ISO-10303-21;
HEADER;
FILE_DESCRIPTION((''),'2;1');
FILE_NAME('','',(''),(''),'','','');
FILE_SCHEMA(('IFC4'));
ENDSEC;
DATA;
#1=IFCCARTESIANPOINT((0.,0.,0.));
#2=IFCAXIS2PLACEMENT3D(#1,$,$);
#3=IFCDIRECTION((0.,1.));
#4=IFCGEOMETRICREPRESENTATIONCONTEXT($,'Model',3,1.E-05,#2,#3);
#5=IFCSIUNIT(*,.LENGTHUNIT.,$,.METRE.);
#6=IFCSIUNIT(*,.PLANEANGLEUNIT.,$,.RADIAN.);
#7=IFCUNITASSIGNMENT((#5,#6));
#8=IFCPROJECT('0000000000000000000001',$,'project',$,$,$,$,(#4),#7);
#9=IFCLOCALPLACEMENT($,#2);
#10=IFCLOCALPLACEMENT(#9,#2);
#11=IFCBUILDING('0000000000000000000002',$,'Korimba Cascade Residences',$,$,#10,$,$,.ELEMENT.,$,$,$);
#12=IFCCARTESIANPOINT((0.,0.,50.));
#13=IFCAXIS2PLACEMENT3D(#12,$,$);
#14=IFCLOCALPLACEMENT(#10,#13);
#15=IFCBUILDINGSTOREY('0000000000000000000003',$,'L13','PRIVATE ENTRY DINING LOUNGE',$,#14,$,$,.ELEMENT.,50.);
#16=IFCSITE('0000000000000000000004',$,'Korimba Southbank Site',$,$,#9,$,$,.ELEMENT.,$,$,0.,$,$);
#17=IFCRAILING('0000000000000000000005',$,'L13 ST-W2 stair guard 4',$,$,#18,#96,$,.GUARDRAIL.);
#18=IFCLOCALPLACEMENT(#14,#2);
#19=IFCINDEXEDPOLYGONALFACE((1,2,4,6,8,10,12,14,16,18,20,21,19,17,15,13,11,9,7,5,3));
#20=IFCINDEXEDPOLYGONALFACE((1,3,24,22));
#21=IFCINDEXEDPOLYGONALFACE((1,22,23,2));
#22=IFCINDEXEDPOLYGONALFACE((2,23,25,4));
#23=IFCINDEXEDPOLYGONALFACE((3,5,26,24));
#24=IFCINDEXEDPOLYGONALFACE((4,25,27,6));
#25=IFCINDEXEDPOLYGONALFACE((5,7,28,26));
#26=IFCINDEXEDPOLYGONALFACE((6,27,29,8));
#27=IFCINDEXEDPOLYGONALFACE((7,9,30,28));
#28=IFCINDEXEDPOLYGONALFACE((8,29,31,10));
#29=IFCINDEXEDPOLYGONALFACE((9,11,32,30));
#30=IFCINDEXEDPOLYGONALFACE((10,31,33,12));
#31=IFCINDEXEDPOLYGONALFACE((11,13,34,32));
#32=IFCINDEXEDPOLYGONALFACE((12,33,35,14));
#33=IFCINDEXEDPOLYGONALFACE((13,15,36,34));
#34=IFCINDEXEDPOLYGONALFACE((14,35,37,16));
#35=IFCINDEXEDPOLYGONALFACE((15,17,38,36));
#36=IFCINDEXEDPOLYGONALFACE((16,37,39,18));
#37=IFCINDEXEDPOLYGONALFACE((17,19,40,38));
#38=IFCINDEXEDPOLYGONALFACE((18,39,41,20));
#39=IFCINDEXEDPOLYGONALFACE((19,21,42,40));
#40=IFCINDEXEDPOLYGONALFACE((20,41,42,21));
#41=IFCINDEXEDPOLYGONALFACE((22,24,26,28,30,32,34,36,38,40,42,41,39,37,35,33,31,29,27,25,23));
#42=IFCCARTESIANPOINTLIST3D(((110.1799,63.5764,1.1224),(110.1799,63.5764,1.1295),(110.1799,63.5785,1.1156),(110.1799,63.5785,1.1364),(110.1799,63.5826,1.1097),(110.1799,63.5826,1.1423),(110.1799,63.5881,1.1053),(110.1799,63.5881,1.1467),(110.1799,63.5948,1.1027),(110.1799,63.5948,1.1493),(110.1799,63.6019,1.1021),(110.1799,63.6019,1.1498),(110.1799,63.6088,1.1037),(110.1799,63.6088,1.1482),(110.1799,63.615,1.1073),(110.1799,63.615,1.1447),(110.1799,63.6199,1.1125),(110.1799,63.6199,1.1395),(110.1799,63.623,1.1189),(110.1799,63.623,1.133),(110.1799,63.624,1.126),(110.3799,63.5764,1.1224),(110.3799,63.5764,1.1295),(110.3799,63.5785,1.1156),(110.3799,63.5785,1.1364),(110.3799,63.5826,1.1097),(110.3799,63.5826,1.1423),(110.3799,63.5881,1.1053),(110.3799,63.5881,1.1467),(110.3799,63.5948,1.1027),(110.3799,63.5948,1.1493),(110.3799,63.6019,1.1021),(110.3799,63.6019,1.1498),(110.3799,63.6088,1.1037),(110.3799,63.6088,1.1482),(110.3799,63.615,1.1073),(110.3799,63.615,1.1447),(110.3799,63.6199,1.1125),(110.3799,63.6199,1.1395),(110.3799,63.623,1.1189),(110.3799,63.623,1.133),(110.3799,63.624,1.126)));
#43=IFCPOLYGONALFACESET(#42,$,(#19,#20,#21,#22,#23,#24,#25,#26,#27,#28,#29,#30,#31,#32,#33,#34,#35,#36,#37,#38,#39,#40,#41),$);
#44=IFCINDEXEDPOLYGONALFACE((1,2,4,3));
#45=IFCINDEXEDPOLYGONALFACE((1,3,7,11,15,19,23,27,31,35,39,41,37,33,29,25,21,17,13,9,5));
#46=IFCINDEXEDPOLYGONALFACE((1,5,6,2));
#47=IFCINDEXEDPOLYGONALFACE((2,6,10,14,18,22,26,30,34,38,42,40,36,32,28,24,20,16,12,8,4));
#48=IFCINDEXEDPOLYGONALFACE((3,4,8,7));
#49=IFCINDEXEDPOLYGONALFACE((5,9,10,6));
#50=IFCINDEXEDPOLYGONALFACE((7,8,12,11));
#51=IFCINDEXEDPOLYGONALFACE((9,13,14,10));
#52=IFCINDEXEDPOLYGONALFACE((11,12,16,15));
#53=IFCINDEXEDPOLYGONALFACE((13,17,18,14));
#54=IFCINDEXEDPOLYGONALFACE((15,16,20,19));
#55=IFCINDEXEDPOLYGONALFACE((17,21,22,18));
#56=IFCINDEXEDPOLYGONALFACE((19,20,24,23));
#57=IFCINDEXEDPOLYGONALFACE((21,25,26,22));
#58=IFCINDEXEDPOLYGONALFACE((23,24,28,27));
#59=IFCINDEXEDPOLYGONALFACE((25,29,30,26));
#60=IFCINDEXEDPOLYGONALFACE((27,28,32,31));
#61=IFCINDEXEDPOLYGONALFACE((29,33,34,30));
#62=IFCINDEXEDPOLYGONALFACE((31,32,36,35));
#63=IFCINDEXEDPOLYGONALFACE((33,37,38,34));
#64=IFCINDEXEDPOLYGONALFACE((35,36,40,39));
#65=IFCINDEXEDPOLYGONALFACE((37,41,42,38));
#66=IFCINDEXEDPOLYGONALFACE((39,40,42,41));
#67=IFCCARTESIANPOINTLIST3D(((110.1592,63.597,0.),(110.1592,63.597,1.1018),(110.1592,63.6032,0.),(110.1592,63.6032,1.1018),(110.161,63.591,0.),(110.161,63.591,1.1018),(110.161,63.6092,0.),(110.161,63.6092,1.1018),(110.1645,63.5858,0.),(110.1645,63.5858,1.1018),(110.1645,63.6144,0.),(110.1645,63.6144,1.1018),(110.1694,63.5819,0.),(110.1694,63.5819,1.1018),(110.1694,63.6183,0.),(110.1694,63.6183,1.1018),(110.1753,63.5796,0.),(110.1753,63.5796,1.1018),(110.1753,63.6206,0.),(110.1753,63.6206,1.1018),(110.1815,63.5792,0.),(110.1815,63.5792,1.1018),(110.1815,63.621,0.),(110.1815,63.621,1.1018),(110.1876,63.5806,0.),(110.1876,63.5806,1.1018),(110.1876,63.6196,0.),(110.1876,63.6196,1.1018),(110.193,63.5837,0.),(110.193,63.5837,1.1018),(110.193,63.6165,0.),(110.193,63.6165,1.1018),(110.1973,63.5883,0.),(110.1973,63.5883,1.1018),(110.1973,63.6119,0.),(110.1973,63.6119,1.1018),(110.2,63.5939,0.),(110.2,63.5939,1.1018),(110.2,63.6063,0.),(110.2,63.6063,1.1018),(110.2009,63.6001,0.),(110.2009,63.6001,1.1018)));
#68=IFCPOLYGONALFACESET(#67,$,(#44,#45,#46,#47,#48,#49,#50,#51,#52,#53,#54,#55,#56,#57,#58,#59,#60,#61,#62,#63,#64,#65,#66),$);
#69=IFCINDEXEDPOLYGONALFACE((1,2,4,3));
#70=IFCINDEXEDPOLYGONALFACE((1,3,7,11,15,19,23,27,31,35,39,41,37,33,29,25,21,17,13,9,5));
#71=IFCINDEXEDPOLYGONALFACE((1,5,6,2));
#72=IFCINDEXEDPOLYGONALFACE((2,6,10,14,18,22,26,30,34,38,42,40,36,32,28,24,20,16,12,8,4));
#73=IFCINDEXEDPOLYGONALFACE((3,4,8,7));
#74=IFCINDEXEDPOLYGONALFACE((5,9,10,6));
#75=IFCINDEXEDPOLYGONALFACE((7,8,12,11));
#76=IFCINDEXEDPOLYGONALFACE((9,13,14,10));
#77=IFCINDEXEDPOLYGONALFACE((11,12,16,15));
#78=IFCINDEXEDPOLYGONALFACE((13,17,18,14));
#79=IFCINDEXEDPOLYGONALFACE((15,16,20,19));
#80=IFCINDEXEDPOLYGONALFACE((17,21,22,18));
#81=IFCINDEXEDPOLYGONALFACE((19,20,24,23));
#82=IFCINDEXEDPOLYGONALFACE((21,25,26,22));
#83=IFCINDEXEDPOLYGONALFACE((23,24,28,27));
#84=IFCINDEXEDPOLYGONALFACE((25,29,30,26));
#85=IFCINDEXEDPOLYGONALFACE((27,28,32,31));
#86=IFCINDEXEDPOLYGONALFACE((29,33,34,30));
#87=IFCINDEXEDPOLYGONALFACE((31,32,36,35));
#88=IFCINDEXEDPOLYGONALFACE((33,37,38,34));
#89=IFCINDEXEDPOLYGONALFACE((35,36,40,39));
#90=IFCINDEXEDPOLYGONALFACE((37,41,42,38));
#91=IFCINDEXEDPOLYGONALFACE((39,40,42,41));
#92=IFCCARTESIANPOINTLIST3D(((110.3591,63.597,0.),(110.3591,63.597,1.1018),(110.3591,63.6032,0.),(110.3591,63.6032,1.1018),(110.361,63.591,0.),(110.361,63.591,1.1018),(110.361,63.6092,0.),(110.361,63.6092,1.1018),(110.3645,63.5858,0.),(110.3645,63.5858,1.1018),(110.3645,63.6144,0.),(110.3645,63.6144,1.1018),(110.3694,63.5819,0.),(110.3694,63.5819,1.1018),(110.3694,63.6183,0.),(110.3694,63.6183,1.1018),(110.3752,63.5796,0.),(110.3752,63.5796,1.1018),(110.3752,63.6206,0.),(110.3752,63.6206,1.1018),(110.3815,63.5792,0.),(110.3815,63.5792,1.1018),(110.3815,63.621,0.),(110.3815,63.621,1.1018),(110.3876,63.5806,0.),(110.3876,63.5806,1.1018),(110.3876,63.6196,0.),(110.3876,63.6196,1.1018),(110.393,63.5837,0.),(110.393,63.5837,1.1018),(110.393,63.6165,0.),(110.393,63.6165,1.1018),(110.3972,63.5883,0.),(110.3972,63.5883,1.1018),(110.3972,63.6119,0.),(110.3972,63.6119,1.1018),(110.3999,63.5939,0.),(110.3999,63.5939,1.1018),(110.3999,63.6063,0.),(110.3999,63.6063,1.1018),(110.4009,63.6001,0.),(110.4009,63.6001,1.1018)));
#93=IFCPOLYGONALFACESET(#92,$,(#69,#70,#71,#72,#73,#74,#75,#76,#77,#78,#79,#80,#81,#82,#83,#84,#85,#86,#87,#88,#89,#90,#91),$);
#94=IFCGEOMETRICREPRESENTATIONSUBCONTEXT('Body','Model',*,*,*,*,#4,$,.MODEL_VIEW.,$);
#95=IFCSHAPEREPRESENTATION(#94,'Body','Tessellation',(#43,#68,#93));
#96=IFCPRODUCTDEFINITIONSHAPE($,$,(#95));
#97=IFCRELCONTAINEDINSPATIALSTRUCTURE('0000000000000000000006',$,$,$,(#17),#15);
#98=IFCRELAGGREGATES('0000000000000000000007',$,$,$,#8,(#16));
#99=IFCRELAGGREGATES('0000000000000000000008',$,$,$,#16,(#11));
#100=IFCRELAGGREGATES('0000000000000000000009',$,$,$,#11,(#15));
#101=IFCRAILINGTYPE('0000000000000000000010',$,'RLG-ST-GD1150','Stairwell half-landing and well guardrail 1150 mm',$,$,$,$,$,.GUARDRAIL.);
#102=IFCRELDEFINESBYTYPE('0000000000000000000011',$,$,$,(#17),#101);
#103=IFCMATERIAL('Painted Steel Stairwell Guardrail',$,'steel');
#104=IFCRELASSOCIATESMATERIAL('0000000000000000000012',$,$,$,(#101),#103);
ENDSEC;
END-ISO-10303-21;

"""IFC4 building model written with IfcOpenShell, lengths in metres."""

from ifc_helpers import new_model, si_unit, direction, frame, origin, origin_2d, place, context, subcontext, project, spatial, circle, extrude, material, type_object, element, save


model = new_model("IFC4")

# Units and contexts
model_context = context("Model", 3, precision=1e-05, world=origin(), true_north=direction((0.0, 1.0)))
body_context = subcontext(model_context, "Body", "Model", "MODEL_VIEW")
ifc_project = project(units=[si_unit("LENGTHUNIT", "METRE"), si_unit("PLANEANGLEUNIT", "RADIAN")], contexts=[model_context])

# Site, building, storey
site_placement = place(None, origin())
site = spatial("IfcSite", under=ifc_project, at=site_placement, Name="Korimba Southbank Site", CompositionType="ELEMENT", RefElevation=0.0)
building_placement = place(site_placement, origin())
building = spatial("IfcBuilding", under=site, at=building_placement, Name="Korimba Cascade Residences", CompositionType="ELEMENT")
storey_placement = place(building_placement, frame((0.0, 0.0, 50.0)))
storey = spatial("IfcBuildingStorey", under=building, at=storey_placement, Name="L13", Description="PRIVATE ENTRY DINING LOUNGE", CompositionType="ELEMENT", Elevation=50.0)

# Railing
ifc_material_1 = material(Name="Painted Steel Stairwell Guardrail", Category="steel")
railing_type_1 = type_object("IfcRailingType", Name="RLG-ST-GD1150", Description="Stairwell half-landing and well guardrail 1150 mm", PredefinedType="GUARDRAIL", material=ifc_material_1)
railing_1_placement = place(storey_placement, frame((110.1799, 63.6001, 0.0)))
element("IfcRailing", 1, at=railing_1_placement, inside=storey, type_object=railing_type_1, Name="L13 ST-W2 stair guard 4", PredefinedType="GUARDRAIL", context=body_context, shape_type="SweptSolid", body=[
    extrude(circle(Radius=0.0239, at=origin_2d()), frame((0.0, 0.0, 1.126), z_axis=(1.0, 0.0, 0.0), x_axis=(0.0, 1.0, 0.0)), (0.0, 0.0, 1.0), 0.2),
    extrude(circle(Radius=0.021, at=origin_2d()), origin(), (0.0, 0.0, 1.0), 1.1018),
    extrude(circle(Radius=0.021, at=origin_2d()), frame((0.2, 0.0, 0.0)), (0.0, 0.0, 1.0), 1.1018),
])

save(model, "model.ifc")
